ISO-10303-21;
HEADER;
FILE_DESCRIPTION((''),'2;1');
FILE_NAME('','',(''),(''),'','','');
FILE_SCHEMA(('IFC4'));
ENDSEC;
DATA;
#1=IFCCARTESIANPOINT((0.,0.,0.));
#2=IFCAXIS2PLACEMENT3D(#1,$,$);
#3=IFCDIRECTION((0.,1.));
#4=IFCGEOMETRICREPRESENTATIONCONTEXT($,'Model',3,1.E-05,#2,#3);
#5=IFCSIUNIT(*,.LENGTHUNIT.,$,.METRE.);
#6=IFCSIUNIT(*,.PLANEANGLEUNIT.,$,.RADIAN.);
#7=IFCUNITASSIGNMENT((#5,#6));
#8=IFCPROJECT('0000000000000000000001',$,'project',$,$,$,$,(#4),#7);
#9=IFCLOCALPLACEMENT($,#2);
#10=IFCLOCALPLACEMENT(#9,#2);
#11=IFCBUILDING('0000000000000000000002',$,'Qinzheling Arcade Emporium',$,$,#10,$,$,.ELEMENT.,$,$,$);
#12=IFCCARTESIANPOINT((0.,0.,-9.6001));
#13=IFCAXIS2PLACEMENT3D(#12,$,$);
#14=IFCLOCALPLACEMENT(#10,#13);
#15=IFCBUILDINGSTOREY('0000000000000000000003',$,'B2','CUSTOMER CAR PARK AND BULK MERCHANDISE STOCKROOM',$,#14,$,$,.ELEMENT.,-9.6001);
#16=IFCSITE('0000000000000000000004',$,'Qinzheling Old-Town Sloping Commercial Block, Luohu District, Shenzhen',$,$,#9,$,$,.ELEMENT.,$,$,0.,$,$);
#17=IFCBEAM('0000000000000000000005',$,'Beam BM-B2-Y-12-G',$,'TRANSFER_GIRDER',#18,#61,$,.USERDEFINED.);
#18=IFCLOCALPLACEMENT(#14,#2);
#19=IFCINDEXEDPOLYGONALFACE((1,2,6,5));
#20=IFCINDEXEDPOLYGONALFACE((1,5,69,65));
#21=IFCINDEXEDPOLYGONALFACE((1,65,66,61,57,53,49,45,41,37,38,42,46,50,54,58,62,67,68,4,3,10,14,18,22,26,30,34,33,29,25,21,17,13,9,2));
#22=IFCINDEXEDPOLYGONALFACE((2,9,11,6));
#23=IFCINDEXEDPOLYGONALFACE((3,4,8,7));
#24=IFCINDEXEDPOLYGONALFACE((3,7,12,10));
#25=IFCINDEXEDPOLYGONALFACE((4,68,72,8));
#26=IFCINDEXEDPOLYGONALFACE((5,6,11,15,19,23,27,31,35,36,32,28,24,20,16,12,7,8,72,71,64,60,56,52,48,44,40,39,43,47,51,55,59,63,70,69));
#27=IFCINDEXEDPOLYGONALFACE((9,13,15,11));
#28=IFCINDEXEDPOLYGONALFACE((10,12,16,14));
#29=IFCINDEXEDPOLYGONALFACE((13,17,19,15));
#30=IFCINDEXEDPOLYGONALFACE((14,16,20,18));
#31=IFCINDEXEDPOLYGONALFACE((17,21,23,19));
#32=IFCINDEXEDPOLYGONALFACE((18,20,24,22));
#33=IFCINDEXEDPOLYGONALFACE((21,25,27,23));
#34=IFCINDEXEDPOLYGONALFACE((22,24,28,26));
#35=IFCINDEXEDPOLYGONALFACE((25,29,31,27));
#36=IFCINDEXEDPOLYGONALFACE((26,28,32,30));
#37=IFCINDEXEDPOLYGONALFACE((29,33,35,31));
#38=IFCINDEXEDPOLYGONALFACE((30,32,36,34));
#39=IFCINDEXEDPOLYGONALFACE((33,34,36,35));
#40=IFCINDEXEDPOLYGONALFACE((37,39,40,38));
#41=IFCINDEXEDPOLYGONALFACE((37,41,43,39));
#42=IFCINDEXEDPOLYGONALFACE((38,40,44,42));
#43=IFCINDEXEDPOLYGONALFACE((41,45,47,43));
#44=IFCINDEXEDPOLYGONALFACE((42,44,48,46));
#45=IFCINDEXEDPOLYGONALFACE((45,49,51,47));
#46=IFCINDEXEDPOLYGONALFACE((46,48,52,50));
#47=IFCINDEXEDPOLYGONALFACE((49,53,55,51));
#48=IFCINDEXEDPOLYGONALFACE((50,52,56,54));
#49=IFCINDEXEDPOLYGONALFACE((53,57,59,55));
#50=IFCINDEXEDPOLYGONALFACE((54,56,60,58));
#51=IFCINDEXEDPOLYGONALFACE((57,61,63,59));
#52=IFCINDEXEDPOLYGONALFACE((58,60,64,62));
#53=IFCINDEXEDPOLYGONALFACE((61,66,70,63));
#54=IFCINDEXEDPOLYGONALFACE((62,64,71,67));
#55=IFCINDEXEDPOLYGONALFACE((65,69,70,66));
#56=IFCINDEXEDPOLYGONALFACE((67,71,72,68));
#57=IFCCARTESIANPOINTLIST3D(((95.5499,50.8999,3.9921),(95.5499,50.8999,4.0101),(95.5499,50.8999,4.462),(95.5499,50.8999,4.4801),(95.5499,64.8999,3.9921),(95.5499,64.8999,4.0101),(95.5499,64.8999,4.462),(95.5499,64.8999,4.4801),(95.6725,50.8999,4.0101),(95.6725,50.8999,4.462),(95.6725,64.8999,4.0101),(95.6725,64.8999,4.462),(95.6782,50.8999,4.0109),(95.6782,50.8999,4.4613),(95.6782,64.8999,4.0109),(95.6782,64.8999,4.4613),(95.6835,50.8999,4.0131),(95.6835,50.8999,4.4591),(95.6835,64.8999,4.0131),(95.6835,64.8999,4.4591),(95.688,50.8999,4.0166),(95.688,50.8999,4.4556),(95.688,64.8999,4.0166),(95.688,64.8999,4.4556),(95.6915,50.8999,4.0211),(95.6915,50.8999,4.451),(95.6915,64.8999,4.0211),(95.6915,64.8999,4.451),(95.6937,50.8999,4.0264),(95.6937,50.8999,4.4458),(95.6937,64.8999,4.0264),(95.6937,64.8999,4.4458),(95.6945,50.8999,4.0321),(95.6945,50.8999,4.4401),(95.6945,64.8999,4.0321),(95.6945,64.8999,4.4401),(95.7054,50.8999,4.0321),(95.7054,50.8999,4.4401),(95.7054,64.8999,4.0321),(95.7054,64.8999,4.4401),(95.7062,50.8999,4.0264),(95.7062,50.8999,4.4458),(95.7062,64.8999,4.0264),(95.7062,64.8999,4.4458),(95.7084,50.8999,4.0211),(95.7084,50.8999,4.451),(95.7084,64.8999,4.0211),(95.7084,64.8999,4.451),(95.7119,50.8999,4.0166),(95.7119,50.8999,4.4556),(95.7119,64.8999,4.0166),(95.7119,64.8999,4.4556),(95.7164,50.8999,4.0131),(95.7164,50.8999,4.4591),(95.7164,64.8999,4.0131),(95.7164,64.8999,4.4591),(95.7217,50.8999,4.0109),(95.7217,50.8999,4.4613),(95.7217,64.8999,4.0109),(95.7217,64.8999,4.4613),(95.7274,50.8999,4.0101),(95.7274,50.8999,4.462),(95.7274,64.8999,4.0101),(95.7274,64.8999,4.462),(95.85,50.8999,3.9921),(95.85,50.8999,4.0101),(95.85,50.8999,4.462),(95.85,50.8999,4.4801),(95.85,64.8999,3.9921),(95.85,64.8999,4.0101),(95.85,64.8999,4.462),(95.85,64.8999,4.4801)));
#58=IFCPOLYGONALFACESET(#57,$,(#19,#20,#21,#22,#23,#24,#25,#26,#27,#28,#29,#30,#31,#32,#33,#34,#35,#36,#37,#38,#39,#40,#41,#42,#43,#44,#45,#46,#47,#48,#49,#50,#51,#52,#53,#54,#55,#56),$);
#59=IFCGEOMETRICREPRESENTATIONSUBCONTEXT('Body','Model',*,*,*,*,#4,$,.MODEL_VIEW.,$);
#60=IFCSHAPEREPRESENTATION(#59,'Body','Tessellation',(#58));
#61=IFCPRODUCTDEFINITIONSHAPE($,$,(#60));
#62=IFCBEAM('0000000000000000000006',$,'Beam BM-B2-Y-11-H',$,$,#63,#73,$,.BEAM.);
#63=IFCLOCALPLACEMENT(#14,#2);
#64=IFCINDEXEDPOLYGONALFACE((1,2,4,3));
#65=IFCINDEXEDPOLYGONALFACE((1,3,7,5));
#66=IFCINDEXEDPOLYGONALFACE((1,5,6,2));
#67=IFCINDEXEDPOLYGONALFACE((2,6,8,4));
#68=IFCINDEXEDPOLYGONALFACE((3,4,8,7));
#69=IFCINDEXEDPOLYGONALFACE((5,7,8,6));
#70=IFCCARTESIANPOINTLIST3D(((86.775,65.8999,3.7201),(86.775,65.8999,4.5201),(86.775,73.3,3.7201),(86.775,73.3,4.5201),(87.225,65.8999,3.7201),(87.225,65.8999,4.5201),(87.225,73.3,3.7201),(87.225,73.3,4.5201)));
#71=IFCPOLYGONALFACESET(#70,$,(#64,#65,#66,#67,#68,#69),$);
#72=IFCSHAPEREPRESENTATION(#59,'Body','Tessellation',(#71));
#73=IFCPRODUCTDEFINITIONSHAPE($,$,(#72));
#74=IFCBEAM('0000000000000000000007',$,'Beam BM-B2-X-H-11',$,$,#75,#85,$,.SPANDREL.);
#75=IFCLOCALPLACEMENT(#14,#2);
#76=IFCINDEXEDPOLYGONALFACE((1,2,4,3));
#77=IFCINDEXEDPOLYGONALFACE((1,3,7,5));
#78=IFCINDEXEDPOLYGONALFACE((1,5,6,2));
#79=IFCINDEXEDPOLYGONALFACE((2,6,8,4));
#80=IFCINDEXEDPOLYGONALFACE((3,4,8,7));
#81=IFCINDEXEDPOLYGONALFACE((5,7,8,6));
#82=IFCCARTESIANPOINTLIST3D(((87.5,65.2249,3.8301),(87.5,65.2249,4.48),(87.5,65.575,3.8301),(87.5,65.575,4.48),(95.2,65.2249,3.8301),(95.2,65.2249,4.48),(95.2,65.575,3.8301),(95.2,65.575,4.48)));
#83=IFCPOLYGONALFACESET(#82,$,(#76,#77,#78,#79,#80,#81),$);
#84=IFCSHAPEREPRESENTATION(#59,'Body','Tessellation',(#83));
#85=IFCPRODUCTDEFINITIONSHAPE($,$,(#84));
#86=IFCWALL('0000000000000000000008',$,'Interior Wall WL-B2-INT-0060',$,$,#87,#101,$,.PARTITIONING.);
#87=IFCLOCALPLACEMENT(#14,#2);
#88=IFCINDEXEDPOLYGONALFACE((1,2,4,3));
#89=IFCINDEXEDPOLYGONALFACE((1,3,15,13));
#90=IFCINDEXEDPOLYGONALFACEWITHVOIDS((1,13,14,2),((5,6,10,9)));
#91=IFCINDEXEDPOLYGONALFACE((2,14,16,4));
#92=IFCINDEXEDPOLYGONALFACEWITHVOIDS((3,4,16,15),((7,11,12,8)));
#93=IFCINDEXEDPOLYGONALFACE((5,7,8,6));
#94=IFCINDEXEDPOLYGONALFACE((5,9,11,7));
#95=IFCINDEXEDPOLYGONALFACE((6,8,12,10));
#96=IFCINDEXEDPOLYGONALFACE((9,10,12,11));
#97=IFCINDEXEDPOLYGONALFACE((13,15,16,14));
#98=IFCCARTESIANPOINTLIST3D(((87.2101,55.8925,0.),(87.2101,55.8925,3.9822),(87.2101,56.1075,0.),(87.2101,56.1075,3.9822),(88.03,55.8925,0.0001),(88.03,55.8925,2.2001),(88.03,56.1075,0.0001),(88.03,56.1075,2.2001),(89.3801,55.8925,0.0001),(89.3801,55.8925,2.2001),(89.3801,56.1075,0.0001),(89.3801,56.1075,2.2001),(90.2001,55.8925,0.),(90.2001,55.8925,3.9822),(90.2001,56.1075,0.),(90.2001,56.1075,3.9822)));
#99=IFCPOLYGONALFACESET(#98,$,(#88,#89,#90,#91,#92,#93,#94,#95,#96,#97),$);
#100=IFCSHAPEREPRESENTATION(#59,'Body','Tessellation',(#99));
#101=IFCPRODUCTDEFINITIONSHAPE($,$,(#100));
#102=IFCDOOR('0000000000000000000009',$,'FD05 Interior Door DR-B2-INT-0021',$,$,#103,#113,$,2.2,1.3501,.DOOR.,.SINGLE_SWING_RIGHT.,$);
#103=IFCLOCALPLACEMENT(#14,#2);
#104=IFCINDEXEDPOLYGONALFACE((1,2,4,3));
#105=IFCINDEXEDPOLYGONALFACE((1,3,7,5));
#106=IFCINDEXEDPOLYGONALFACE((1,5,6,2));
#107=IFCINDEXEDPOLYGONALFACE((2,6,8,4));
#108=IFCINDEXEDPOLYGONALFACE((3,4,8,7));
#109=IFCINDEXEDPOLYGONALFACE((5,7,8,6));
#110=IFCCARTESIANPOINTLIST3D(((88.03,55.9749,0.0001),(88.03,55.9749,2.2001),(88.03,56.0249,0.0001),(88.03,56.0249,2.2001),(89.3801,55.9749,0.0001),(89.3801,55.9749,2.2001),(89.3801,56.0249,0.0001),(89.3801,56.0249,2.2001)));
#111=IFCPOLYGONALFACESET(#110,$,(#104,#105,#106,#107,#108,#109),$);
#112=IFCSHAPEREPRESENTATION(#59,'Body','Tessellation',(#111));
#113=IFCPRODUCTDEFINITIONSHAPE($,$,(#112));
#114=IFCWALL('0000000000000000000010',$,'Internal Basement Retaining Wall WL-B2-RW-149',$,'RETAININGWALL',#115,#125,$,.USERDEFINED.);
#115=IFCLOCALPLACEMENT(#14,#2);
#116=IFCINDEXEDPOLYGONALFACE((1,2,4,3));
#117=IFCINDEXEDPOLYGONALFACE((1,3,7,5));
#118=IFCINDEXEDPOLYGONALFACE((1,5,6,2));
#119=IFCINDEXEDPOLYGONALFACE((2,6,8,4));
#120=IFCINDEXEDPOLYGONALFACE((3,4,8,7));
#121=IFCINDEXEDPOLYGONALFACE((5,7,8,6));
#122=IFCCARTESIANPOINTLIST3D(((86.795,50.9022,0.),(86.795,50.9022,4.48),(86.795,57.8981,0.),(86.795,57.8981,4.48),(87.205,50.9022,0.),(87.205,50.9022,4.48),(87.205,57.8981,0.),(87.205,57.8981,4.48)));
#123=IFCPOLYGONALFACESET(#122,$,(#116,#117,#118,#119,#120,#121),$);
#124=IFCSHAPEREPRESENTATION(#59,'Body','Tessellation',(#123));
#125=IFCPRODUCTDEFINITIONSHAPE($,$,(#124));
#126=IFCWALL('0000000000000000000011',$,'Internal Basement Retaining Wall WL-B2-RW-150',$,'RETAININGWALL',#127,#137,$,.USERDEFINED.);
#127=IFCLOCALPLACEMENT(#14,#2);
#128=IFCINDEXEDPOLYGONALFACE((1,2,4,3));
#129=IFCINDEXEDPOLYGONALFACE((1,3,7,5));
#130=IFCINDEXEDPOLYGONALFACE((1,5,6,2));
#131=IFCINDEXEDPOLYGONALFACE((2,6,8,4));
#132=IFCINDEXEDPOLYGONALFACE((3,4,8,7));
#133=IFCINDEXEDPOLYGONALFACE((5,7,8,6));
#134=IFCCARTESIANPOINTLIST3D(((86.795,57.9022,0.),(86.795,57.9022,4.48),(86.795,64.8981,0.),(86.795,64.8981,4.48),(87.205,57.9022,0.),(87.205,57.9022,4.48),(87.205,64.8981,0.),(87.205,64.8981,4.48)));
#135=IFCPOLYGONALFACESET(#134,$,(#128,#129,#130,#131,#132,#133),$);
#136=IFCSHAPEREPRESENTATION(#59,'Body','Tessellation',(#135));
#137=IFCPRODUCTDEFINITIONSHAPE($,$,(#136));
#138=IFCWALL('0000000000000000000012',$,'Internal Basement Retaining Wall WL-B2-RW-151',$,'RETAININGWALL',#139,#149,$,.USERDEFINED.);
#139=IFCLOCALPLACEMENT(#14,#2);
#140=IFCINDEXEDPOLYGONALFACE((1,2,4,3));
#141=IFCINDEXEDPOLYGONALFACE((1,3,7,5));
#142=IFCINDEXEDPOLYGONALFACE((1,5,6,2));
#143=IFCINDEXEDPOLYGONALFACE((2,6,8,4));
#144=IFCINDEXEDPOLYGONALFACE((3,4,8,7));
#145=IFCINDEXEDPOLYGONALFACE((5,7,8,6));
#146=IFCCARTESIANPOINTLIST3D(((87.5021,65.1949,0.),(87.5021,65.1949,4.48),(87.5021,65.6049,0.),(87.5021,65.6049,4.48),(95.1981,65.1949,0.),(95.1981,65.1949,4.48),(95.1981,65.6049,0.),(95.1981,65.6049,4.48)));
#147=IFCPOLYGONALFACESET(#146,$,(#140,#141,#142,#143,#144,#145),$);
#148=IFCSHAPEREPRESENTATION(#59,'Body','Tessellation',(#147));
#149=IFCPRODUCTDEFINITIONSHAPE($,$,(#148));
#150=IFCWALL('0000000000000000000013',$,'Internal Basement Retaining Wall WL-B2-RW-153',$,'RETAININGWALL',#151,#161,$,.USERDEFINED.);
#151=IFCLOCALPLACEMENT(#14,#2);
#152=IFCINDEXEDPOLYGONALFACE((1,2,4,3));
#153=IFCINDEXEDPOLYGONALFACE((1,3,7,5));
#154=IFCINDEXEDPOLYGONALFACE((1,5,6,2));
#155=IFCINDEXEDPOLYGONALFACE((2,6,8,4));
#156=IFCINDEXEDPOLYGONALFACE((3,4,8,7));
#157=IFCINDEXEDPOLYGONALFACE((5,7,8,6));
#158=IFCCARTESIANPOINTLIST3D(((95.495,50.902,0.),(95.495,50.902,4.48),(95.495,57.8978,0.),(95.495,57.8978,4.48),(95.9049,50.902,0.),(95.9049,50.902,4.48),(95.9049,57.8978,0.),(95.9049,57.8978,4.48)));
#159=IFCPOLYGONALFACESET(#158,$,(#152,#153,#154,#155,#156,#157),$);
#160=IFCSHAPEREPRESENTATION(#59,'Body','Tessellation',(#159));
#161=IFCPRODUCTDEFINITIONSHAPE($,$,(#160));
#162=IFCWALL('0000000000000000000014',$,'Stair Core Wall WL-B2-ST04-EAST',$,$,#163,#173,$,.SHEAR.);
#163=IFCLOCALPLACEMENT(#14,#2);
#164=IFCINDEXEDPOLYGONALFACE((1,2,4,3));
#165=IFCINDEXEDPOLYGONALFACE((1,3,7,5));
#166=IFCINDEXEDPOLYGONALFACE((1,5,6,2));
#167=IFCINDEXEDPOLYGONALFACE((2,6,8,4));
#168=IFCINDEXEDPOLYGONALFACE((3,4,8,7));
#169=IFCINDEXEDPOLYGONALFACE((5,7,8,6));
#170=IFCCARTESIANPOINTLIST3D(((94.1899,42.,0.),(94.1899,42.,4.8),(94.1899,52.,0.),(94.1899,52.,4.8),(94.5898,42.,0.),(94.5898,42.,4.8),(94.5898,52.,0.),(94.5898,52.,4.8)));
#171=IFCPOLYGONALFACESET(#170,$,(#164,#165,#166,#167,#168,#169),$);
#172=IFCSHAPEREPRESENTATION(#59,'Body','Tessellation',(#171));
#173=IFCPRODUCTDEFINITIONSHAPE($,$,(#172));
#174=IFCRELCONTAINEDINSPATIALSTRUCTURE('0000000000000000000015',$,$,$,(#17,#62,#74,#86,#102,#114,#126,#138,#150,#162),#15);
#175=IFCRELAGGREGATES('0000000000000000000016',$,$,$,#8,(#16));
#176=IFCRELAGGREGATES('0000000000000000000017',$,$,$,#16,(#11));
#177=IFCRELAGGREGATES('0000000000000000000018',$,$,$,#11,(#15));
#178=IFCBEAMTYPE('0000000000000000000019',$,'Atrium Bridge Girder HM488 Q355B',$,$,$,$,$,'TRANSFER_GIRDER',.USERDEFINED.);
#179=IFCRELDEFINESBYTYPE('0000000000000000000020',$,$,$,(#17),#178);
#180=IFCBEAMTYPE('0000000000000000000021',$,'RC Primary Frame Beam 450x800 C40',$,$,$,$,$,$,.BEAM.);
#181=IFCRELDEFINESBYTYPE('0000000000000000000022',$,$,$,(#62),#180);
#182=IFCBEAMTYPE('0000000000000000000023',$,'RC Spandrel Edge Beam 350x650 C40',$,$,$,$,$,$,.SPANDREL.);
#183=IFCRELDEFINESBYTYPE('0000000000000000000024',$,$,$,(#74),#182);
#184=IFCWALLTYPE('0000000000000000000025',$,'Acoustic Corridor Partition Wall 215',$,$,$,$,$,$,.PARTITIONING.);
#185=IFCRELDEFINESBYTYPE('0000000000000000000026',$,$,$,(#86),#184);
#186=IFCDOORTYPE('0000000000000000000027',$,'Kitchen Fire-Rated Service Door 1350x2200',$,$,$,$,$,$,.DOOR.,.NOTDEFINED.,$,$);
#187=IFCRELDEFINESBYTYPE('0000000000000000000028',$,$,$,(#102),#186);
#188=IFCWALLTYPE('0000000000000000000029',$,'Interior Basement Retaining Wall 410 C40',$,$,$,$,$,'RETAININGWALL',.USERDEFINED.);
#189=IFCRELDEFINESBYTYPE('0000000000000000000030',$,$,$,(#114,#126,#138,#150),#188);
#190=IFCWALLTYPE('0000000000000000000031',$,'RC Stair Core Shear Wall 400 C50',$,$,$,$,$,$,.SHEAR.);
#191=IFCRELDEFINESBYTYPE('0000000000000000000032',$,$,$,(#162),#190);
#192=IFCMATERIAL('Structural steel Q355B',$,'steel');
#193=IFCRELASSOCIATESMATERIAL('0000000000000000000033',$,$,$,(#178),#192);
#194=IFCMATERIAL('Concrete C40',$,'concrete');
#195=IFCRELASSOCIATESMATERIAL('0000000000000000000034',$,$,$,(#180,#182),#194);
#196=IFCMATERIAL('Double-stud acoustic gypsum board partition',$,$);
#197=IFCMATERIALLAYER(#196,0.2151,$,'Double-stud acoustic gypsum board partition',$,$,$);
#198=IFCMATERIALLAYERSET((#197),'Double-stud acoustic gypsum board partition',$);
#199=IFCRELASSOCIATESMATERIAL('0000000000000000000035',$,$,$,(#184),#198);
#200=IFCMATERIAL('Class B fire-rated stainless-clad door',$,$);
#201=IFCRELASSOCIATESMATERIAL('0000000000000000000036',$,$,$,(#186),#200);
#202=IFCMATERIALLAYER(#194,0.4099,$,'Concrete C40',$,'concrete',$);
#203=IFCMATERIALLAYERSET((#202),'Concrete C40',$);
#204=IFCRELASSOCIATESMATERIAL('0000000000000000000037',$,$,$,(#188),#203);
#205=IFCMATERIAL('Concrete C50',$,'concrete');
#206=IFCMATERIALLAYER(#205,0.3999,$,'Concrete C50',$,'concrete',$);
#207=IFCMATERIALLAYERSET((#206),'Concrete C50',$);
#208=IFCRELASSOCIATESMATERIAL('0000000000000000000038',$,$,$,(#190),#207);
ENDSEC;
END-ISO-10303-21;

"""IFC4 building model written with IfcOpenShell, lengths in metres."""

from ifc_helpers import new_model, si_unit, direction, frame, frame_2d, origin, origin_2d, place, context, subcontext, project, spatial, rectangle, i_section, extrude, material, layer, layer_set, material_profile, profile_set, type_object, element, fill, save


model = new_model("IFC4")

# Units and contexts
model_context = context("Model", 3, precision=1e-05, world=origin(), true_north=direction((0.0, 1.0)))
body_context = subcontext(model_context, "Body", "Model", "MODEL_VIEW")
ifc_project = project(units=[si_unit("LENGTHUNIT", "METRE"), si_unit("PLANEANGLEUNIT", "RADIAN")], contexts=[model_context])

# Site, building, storey
site_placement = place(None, origin())
site = spatial("IfcSite", under=ifc_project, at=site_placement, Name="Qinzheling Old-Town Sloping Commercial Block, Luohu District, Shenzhen", CompositionType="ELEMENT", RefElevation=0.0)
building_placement = place(site_placement, origin())
building = spatial("IfcBuilding", under=site, at=building_placement, Name="Qinzheling Arcade Emporium", CompositionType="ELEMENT")
storey_placement = place(building_placement, frame((0.0, 0.0, -9.6001)))
storey = spatial("IfcBuildingStorey", under=building, at=storey_placement, Name="B2", Description="CUSTOMER CAR PARK AND BULK MERCHANDISE STOCKROOM", CompositionType="ELEMENT", Elevation=-9.6001)

# Shared definitions
ifc_material_1 = material(Name="Concrete C40", Category="concrete")

# Shared definitions
ifc_material_2 = material(Name="Concrete C50", Category="concrete")

# Beams
ifc_material_3 = material(Name="Structural steel Q355B", Category="steel")
ifc_material_profile_1 = material_profile(ifc_material_3, i_section(OverallWidth=0.3, OverallDepth=0.488, WebThickness=0.011, FlangeThickness=0.0181, FilletRadius=0.022, at=origin_2d()), Name="HM 488x300x11x18", Category="steel")
ifc_profile_set_1 = profile_set([ifc_material_profile_1], Name="Structural steel Q355B")
beam_type_1 = type_object("IfcBeamType", Name="Atrium Bridge Girder HM488 Q355B", ElementType="TRANSFER_GIRDER", PredefinedType="USERDEFINED", material=ifc_profile_set_1)
for number, where, z_axis, x_axis, name in (
    (1, (95.7, 50.8999, 4.2361), (0.0, 1.0, 0.0), (-1.0, 0.0, 0.0), "Beam BM-B2-Y-12-G"),
):
    element("IfcBeam", number, at=place(storey_placement, frame(where, z_axis=z_axis, x_axis=x_axis)), inside=storey, type_object=beam_type_1, Name=name, ObjectType="TRANSFER_GIRDER", PredefinedType="USERDEFINED", context=body_context, shape_type="SweptSolid", body=[
        extrude(i_section(OverallWidth=0.3, OverallDepth=0.488, WebThickness=0.011, FlangeThickness=0.0181, FilletRadius=0.022, at=origin_2d()), origin(), (0.0, 0.0, 1.0), 14.0),
    ])
ifc_material_profile_2 = material_profile(ifc_material_1, rectangle(XDim=0.45, YDim=0.8, at=origin_2d()), Name="RC 450x800", Category="concrete")
ifc_profile_set_2 = profile_set([ifc_material_profile_2], Name="Concrete C40")
beam_type_2 = type_object("IfcBeamType", Name="RC Primary Frame Beam 450x800 C40", PredefinedType="BEAM", material=ifc_profile_set_2)
beam_1_placement = place(storey_placement, frame((87.0, 65.8999, 4.1201), z_axis=(0.0, 1.0, 0.0), x_axis=(-1.0, 0.0, 0.0)))
element("IfcBeam", 2, at=beam_1_placement, inside=storey, type_object=beam_type_2, Name="Beam BM-B2-Y-11-H", PredefinedType="BEAM", context=body_context, shape_type="SweptSolid", body=[
    extrude(rectangle(XDim=0.45, YDim=0.8, at=origin_2d()), origin(), (0.0, 0.0, 1.0), 7.4001),
])
ifc_material_profile_3 = material_profile(ifc_material_1, rectangle(XDim=0.3501, YDim=0.6499, at=origin_2d()), Name="RC 350x650", Category="concrete")
ifc_profile_set_3 = profile_set([ifc_material_profile_3], Name="Concrete C40")
beam_type_3 = type_object("IfcBeamType", Name="RC Spandrel Edge Beam 350x650 C40", PredefinedType="SPANDREL", material=ifc_profile_set_3)
beam_2_placement = place(storey_placement, frame((87.5, 65.3999, 4.155), z_axis=(1.0, 0.0, 0.0), x_axis=(0.0, 1.0, 0.0)))
element("IfcBeam", 3, at=beam_2_placement, inside=storey, type_object=beam_type_3, Name="Beam BM-B2-X-H-11", PredefinedType="SPANDREL", context=body_context, shape_type="SweptSolid", body=[
    extrude(rectangle(XDim=0.3501, YDim=0.6499, at=origin_2d()), origin(), (0.0, 0.0, 1.0), 7.7),
])

# Wall, opening, door
ifc_material_4 = material(Name="Double-stud acoustic gypsum board partition")
ifc_layer_1 = layer(ifc_material_4, 0.2151, Name="Double-stud acoustic gypsum board partition")
ifc_layer_set_1 = layer_set([ifc_layer_1], Name="Double-stud acoustic gypsum board partition")
wall_type_1 = type_object("IfcWallType", Name="Acoustic Corridor Partition Wall 215", PredefinedType="PARTITIONING", material=ifc_layer_set_1)
wall_1_placement = place(storey_placement, frame((87.21, 56.0, 0.0), z_axis=(0.0, 0.0, 1.0), x_axis=(1.0, 0.0, 0.0)))
wall_1 = element("IfcWall", 4, at=wall_1_placement, inside=storey, type_object=wall_type_1, Name="Interior Wall WL-B2-INT-0060", PredefinedType="PARTITIONING", context=body_context, shape_type="SweptSolid", body=[
    extrude(rectangle(XDim=2.99, YDim=0.2151, at=frame_2d((1.4951, 0.0))), origin(), (0.0, 0.0, 1.0), 3.9822),
])
opening_1_placement = place(wall_1_placement, frame((0.8201, 0.0, 0.0)))
opening_1 = element("IfcOpeningElement", 5, at=opening_1_placement, cuts=wall_1, PredefinedType="OPENING", context=body_context, shape_type="SweptSolid", body=[
    extrude(rectangle(XDim=1.3501, YDim=2.2, at=frame_2d((0.675, 1.1001))), frame((0.0, 0.1177, 0.0), z_axis=(0.0, -1.0, 0.0), x_axis=(1.0, 0.0, 0.0)), (0.0, 0.0, 1.0), 0.2351),
])
ifc_material_5 = material(Name="Class B fire-rated stainless-clad door")
door_type_1 = type_object("IfcDoorType", Name="Kitchen Fire-Rated Service Door 1350x2200", OperationType="NOTDEFINED", PredefinedType="DOOR", material=ifc_material_5)
door_1_placement = place(opening_1_placement, origin())
door_1 = element("IfcDoor", 6, at=door_1_placement, inside=storey, type_object=door_type_1, Name="FD05 Interior Door DR-B2-INT-0021", OperationType="SINGLE_SWING_RIGHT", OverallHeight=2.2, OverallWidth=1.3501, PredefinedType="DOOR", context=body_context, shape_type="SweptSolid", body=[
    extrude(rectangle(XDim=1.3501, YDim=2.2, at=frame_2d((0.675, 1.1001))), frame((0.0, 0.0249, 0.0), z_axis=(0.0, -1.0, 0.0), x_axis=(1.0, 0.0, 0.0)), (0.0, 0.0, 1.0), 0.05),
])
fill(opening_1, door_1)

# Walls
ifc_layer_2 = layer(ifc_material_1, 0.4099, Name="Concrete C40", Category="concrete")
ifc_layer_set_2 = layer_set([ifc_layer_2], Name="Concrete C40")
wall_type_2 = type_object("IfcWallType", Name="Interior Basement Retaining Wall 410 C40", ElementType="RETAININGWALL", PredefinedType="USERDEFINED", material=ifc_layer_set_2)
for number, where, z_axis, x_axis, name in (
    (7, (87.0, 50.9021, 0.0), (0.0, 0.0, 1.0), (0.0, 1.0, 0.0), "Internal Basement Retaining Wall WL-B2-RW-149"),
    (8, (87.0, 57.9021, 0.0), (0.0, 0.0, 1.0), (0.0, 1.0, 0.0), "Internal Basement Retaining Wall WL-B2-RW-150"),
):
    element("IfcWall", number, at=place(storey_placement, frame(where, z_axis=z_axis, x_axis=x_axis)), inside=storey, type_object=wall_type_2, Name=name, ObjectType="RETAININGWALL", PredefinedType="USERDEFINED", context=body_context, shape_type="SweptSolid", body=[
        extrude(rectangle(XDim=6.9958, YDim=0.4099, at=frame_2d((3.498, 0.0))), origin(), (0.0, 0.0, 1.0), 4.48),
    ])
wall_2_placement = place(storey_placement, frame((87.502, 65.3999, 0.0), z_axis=(0.0, 0.0, 1.0), x_axis=(1.0, 0.0, 0.0)))
element("IfcWall", 9, at=wall_2_placement, inside=storey, type_object=wall_type_2, Name="Internal Basement Retaining Wall WL-B2-RW-151", ObjectType="RETAININGWALL", PredefinedType="USERDEFINED", context=body_context, shape_type="SweptSolid", body=[
    extrude(rectangle(XDim=7.696, YDim=0.4099, at=frame_2d((3.8481, 0.0))), origin(), (0.0, 0.0, 1.0), 4.48),
])
wall_3_placement = place(storey_placement, frame((95.7, 57.8979, 0.0), z_axis=(0.0, 0.0, 1.0), x_axis=(0.0, -1.0, 0.0)))
element("IfcWall", 10, at=wall_3_placement, inside=storey, type_object=wall_type_2, Name="Internal Basement Retaining Wall WL-B2-RW-153", ObjectType="RETAININGWALL", PredefinedType="USERDEFINED", context=body_context, shape_type="SweptSolid", body=[
    extrude(rectangle(XDim=6.9958, YDim=0.4099, at=frame_2d((3.498, 0.0))), origin(), (0.0, 0.0, 1.0), 4.48),
])
ifc_layer_3 = layer(ifc_material_2, 0.3999, Name="Concrete C50", Category="concrete")
ifc_layer_set_3 = layer_set([ifc_layer_3], Name="Concrete C50")
wall_type_3 = type_object("IfcWallType", Name="RC Stair Core Shear Wall 400 C50", PredefinedType="SHEAR", material=ifc_layer_set_3)
wall_4_placement = place(storey_placement, frame((94.3899, 52.0, 0.0), z_axis=(0.0, 0.0, 1.0), x_axis=(0.0, -1.0, 0.0)))
element("IfcWall", 11, at=wall_4_placement, inside=storey, type_object=wall_type_3, Name="Stair Core Wall WL-B2-ST04-EAST", PredefinedType="SHEAR", context=body_context, shape_type="SweptSolid", body=[
    extrude(rectangle(XDim=10.0, YDim=0.3999, at=frame_2d((5.0, 0.0))), origin(), (0.0, 0.0, 1.0), 4.8),
])

save(model, "model.ifc")
